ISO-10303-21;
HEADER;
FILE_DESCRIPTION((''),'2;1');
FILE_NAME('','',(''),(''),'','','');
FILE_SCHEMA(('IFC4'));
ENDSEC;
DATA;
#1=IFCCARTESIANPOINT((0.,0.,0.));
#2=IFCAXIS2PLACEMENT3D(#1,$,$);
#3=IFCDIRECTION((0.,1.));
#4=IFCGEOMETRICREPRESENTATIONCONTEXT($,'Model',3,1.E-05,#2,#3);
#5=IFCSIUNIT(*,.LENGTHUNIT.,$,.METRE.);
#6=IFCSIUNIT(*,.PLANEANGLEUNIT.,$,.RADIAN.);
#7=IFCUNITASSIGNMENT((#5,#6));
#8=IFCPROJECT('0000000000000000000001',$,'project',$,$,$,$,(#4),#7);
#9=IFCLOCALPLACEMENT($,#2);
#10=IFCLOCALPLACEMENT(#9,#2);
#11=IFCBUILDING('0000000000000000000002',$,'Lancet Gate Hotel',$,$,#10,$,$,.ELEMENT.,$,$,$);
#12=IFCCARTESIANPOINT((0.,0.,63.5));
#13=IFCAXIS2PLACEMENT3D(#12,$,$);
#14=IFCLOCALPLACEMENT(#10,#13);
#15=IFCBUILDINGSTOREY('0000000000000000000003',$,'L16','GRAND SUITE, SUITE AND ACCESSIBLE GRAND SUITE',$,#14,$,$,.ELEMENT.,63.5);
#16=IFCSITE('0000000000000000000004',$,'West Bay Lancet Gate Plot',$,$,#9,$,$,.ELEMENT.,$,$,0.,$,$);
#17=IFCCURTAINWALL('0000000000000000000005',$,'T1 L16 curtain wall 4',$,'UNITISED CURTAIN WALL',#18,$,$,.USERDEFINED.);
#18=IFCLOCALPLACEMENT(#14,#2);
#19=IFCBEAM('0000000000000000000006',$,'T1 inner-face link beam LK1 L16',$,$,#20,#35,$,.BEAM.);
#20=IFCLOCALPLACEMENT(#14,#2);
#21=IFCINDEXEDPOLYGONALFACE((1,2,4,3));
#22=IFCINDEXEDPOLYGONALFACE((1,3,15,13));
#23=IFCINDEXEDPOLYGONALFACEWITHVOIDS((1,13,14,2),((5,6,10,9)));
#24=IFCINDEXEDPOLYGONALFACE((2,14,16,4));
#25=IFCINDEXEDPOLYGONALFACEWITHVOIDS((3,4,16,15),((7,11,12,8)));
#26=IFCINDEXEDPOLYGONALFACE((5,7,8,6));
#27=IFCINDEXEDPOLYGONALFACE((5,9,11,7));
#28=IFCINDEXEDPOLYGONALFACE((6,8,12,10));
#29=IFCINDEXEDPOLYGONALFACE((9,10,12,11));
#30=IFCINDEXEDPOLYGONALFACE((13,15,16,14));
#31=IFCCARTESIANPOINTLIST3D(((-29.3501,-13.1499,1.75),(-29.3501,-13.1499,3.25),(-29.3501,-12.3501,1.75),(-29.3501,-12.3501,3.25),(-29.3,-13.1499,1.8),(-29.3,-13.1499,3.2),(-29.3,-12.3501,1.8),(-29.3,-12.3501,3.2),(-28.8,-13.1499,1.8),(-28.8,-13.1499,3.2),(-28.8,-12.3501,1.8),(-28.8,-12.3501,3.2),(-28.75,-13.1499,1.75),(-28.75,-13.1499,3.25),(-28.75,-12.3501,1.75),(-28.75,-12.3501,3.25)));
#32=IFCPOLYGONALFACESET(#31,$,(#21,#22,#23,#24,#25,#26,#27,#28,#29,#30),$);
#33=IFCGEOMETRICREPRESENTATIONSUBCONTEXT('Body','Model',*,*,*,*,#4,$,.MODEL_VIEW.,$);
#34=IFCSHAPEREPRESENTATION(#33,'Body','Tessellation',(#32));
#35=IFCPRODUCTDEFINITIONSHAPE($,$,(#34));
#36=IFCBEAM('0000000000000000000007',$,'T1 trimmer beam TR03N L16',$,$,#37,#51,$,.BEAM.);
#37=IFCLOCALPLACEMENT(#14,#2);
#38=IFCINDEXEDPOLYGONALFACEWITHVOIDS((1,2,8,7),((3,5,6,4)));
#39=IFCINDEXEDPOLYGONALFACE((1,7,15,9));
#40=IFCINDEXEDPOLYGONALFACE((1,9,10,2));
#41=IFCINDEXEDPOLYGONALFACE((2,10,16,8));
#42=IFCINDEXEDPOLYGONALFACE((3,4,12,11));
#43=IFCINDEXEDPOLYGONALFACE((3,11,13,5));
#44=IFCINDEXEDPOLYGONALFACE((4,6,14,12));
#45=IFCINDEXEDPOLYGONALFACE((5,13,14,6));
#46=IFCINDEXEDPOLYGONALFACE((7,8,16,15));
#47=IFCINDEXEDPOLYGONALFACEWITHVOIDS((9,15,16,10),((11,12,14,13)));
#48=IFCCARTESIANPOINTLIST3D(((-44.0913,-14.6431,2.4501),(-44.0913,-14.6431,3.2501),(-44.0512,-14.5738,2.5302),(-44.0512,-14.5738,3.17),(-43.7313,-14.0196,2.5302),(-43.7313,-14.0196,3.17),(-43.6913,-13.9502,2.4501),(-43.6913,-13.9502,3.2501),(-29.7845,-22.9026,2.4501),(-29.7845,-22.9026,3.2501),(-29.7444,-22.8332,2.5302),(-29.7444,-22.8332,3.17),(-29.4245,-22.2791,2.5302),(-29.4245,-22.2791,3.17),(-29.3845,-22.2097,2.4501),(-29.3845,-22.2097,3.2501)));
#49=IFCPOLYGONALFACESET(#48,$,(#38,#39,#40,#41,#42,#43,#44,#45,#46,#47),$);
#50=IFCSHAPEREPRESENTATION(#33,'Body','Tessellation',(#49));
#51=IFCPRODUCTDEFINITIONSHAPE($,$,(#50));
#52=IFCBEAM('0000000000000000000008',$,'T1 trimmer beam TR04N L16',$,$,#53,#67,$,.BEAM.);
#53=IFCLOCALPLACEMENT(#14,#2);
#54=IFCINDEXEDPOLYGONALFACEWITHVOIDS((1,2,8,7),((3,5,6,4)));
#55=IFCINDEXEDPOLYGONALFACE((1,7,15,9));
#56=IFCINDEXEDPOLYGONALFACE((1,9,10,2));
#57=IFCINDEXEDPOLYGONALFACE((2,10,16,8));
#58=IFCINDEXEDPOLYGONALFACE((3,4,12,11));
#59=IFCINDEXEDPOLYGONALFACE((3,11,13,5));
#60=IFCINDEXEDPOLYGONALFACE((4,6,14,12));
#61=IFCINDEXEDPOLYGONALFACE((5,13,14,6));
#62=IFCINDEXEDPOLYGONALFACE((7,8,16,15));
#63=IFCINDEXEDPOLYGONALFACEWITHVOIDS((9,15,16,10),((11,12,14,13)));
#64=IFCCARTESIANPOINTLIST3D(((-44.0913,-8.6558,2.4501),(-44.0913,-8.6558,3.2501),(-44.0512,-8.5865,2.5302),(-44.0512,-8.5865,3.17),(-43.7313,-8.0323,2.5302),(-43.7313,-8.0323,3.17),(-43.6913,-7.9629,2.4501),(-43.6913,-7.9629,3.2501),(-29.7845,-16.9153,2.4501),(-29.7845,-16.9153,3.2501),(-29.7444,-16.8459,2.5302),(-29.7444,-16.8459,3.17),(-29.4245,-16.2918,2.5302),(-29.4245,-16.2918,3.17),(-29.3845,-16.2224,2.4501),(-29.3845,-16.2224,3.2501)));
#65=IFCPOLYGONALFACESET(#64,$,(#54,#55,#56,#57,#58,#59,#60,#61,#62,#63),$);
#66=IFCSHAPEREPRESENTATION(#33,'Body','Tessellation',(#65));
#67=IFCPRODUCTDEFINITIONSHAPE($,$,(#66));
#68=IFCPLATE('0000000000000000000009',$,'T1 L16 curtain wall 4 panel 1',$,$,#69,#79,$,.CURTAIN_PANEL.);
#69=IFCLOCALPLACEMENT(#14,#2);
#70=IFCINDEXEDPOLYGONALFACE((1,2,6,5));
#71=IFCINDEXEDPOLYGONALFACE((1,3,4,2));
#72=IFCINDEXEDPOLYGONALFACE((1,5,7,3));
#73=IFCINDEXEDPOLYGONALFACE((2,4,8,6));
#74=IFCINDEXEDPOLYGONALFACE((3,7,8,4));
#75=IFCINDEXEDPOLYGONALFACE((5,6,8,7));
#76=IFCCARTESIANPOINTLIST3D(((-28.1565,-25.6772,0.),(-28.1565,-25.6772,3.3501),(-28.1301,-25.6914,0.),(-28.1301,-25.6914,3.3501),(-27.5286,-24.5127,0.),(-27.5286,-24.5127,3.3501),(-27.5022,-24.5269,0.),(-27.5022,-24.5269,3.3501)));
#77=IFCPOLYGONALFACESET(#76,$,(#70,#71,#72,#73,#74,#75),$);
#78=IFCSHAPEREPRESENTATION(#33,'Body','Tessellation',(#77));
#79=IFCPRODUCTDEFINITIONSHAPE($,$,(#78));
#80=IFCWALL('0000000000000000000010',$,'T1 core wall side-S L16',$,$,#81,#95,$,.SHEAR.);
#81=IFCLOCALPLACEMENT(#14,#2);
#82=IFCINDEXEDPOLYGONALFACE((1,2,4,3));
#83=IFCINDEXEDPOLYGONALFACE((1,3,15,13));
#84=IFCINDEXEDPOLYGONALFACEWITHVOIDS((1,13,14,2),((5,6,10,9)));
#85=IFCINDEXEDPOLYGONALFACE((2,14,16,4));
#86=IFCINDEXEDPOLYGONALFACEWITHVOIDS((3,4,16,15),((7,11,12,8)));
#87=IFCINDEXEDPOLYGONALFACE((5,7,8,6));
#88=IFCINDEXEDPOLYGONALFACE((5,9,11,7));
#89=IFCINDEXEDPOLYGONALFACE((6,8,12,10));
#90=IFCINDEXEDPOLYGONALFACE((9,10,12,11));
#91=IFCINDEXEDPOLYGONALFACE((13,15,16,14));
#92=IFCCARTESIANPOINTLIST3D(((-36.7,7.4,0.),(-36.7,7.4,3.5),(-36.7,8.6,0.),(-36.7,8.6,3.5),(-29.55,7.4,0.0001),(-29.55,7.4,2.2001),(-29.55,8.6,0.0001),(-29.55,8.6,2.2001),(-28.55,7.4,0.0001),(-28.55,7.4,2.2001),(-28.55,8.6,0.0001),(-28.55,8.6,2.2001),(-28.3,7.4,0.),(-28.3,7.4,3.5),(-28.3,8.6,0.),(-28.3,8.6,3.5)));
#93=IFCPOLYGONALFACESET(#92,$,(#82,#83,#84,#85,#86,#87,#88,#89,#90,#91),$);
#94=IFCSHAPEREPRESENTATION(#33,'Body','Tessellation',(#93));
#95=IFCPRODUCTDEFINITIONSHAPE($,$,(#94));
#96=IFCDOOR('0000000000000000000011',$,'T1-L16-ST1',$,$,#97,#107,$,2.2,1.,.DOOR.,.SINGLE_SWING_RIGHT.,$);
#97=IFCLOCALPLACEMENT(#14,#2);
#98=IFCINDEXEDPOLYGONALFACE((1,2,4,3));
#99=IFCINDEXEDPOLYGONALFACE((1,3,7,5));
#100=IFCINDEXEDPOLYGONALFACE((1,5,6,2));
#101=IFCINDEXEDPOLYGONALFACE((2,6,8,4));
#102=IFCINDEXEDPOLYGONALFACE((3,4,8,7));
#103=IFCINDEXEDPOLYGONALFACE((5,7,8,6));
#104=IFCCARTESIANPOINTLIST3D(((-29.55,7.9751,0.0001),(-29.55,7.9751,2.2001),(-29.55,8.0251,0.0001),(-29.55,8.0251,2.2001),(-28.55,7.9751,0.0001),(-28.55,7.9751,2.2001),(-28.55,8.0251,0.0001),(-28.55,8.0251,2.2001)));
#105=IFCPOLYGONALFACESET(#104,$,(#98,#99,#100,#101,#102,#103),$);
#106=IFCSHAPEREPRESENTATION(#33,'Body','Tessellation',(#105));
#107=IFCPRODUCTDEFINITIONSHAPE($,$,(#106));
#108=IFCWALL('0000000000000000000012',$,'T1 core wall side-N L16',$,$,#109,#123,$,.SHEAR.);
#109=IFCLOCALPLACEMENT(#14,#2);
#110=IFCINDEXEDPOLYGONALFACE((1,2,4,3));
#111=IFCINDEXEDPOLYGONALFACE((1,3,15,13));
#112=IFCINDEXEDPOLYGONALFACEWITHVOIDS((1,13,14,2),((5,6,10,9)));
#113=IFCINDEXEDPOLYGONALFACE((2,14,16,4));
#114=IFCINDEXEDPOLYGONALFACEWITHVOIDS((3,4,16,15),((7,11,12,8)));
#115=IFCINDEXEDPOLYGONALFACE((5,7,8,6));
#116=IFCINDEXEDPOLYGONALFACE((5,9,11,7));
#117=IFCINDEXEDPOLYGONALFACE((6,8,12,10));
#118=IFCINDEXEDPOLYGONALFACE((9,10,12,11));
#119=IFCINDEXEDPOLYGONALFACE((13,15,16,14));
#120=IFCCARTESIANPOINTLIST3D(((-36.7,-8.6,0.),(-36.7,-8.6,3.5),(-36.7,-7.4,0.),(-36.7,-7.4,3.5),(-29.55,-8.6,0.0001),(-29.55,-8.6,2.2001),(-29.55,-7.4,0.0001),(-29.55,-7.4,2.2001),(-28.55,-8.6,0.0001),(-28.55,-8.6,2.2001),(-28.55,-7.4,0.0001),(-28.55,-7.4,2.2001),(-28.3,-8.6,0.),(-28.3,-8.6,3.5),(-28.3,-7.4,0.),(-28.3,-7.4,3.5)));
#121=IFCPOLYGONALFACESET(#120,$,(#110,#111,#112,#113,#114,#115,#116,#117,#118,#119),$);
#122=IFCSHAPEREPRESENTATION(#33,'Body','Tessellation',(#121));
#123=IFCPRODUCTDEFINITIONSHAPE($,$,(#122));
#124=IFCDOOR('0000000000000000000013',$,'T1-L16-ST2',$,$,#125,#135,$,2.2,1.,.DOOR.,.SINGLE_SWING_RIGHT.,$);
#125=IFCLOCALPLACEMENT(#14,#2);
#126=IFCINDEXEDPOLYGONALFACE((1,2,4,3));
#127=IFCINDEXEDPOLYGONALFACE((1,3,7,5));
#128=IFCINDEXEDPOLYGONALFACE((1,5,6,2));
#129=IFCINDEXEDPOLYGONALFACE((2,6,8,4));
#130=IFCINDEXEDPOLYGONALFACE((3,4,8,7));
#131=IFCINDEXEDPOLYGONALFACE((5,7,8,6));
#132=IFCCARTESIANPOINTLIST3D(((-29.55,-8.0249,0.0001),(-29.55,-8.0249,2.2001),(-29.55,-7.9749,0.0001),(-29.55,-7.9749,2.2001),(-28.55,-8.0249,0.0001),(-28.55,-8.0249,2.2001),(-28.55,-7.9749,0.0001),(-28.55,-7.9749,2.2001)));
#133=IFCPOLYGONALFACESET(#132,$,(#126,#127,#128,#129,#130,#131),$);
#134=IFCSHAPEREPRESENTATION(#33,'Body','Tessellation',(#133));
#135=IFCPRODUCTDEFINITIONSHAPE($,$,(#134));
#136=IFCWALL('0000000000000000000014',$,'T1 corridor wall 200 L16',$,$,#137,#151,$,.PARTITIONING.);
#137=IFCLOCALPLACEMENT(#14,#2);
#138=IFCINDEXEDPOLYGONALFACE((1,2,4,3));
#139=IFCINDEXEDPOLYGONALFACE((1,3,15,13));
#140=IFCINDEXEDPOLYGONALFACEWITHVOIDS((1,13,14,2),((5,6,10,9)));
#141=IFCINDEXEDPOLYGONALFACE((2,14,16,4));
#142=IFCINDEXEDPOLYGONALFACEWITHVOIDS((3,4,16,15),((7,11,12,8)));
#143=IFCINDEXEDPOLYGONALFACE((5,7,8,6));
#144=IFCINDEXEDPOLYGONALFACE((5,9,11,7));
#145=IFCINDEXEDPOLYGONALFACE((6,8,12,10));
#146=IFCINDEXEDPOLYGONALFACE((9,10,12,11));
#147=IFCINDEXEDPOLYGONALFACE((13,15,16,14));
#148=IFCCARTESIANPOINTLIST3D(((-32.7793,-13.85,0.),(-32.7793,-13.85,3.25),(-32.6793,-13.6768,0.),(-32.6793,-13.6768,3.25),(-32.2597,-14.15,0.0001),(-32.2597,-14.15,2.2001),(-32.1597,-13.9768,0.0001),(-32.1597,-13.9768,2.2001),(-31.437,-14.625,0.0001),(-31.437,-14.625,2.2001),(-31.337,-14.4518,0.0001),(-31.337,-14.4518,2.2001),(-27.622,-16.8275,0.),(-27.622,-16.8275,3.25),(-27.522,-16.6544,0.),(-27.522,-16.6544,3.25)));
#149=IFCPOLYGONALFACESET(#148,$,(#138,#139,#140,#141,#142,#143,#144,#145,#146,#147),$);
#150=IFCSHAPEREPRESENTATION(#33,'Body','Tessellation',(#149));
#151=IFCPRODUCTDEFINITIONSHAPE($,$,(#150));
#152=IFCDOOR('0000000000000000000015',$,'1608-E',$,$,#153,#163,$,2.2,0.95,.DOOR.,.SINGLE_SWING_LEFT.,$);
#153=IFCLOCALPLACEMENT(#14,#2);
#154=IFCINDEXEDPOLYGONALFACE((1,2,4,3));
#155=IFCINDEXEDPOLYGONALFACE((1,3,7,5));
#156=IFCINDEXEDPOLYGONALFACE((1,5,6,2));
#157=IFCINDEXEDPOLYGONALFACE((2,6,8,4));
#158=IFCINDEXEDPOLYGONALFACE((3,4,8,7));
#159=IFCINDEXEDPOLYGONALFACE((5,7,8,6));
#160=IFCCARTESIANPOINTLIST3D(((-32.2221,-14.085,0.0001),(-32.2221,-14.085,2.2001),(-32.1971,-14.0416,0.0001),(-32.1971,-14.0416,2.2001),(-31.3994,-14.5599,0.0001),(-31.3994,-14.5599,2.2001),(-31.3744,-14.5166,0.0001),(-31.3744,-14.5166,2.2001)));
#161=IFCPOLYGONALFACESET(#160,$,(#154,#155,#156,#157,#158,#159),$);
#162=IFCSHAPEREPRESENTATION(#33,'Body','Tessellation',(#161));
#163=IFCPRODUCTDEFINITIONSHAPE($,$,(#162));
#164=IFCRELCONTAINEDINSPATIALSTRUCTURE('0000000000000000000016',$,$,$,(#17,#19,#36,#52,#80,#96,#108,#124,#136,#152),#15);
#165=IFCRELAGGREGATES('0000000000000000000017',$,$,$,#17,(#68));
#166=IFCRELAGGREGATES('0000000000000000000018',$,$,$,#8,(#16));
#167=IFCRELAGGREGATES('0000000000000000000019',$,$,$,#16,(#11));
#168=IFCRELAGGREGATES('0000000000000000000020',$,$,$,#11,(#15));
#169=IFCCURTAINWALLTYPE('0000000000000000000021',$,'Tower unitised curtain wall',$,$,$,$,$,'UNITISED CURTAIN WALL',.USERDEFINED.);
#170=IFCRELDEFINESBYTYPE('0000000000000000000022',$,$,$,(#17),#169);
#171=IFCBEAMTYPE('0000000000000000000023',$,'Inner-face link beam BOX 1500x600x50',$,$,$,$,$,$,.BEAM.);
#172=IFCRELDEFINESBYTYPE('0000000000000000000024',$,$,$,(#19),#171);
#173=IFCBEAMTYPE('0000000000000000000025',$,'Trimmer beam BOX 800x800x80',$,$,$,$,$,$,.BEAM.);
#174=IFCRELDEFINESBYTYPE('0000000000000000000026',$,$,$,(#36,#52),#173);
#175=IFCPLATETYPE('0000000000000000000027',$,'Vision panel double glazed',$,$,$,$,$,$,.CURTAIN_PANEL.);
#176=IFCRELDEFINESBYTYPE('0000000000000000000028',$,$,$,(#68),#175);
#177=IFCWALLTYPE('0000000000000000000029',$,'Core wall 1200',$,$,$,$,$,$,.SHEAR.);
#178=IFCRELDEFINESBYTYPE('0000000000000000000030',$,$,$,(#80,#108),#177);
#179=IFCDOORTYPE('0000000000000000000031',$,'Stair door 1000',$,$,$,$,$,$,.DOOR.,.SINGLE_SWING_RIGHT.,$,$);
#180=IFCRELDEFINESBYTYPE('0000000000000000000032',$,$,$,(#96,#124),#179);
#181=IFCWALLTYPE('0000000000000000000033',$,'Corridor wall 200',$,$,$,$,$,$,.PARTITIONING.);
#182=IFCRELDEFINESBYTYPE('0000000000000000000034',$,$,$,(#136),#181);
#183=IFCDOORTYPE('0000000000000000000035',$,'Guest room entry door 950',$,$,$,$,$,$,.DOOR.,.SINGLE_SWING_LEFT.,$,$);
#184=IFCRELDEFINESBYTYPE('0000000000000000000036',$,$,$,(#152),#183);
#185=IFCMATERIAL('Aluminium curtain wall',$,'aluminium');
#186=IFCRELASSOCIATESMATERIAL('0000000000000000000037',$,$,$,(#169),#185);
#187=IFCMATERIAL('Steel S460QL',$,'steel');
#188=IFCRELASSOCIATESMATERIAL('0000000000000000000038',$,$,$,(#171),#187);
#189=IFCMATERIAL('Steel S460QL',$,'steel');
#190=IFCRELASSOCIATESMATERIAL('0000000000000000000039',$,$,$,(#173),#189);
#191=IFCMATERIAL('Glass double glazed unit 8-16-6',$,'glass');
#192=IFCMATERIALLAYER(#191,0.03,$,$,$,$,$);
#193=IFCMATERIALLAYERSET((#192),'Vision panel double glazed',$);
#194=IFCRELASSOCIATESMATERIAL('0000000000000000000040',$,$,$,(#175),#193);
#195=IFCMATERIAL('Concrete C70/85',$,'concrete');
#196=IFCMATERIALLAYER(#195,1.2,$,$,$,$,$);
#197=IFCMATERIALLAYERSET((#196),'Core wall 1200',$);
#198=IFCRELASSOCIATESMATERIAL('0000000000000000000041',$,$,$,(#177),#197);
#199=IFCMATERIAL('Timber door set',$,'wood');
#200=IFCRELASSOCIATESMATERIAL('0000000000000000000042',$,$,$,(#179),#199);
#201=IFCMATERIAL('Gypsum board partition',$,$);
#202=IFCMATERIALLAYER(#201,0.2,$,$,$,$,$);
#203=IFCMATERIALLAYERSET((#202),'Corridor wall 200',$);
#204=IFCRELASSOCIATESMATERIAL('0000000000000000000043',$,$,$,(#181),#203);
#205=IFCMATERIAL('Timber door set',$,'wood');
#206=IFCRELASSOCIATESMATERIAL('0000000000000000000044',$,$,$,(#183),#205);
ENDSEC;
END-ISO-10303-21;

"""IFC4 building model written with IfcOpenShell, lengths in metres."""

from ifc_helpers import new_model, si_unit, direction, frame, frame_2d, origin, origin_2d, place, context, subcontext, project, spatial, rectangle, hollow_rectangle, extrude, material, layer, layer_set, material_profile, profile_set, type_object, element, fill, aggregate, save


model = new_model("IFC4")

# Units and contexts
model_context = context("Model", 3, precision=1e-05, world=origin(), true_north=direction((0.0, 1.0)))
body_context = subcontext(model_context, "Body", "Model", "MODEL_VIEW")
ifc_project = project(units=[si_unit("LENGTHUNIT", "METRE"), si_unit("PLANEANGLEUNIT", "RADIAN")], contexts=[model_context])

# Site, building, storey
site_placement = place(None, origin())
site = spatial("IfcSite", under=ifc_project, at=site_placement, Name="West Bay Lancet Gate Plot", CompositionType="ELEMENT", RefElevation=0.0)
building_placement = place(site_placement, origin())
building = spatial("IfcBuilding", under=site, at=building_placement, Name="Lancet Gate Hotel", CompositionType="ELEMENT")
storey_placement = place(building_placement, frame((0.0, 0.0, 63.5)))
storey = spatial("IfcBuildingStorey", under=building, at=storey_placement, Name="L16", Description="GRAND SUITE, SUITE AND ACCESSIBLE GRAND SUITE", CompositionType="ELEMENT", Elevation=63.5)

# Shared definitions
ifc_material_1 = material(Name="Aluminium curtain wall", Category="aluminium")
curtain_wall_type = type_object("IfcCurtainWallType", Name="Tower unitised curtain wall", ElementType="UNITISED CURTAIN WALL", PredefinedType="USERDEFINED", material=ifc_material_1)

# Curtain wall
curtain_wall_1_placement = place(storey_placement, origin())
curtain_wall_1 = element("IfcCurtainWall", 1, at=curtain_wall_1_placement, inside=storey, type_object=curtain_wall_type, Name="T1 L16 curtain wall 4", ObjectType="UNITISED CURTAIN WALL", PredefinedType="USERDEFINED")

# Beams
ifc_material_2 = material(Name="Steel S460QL", Category="steel")
ifc_material_profile_1 = material_profile(ifc_material_2, hollow_rectangle(XDim=0.6001, YDim=1.5, WallThickness=0.05, at=origin_2d()), Name="BOX 1500x600x50")
ifc_profile_set_1 = profile_set([ifc_material_profile_1], Name="Steel S460QL")
beam_type_1 = type_object("IfcBeamType", Name="Inner-face link beam BOX 1500x600x50", PredefinedType="BEAM", material=ifc_profile_set_1)
beam_1_placement = place(storey_placement, frame((-29.05, -12.3501, 2.5), z_axis=(0.0, -1.0, 0.0), x_axis=(1.0, 0.0, 0.0)))
element("IfcBeam", 2, at=beam_1_placement, inside=storey, type_object=beam_type_1, Name="T1 inner-face link beam LK1 L16", PredefinedType="BEAM", context=body_context, shape_type="SweptSolid", body=[
    extrude(hollow_rectangle(XDim=0.6001, YDim=1.5, WallThickness=0.05, at=origin_2d()), origin(), (0.0, 0.0, 1.0), 0.7998),
])
ifc_material_3 = material(Name="Steel S460QL", Category="steel")
ifc_material_profile_2 = material_profile(ifc_material_3, hollow_rectangle(XDim=0.8, YDim=0.8, WallThickness=0.0801, at=origin_2d()), Name="BOX 800x800x80")
ifc_profile_set_2 = profile_set([ifc_material_profile_2], Name="Steel S460QL")
beam_type_2 = type_object("IfcBeamType", Name="Trimmer beam BOX 800x800x80", PredefinedType="BEAM", material=ifc_profile_set_2)
for number, where, z_axis, x_axis, name in (
    (3, (-29.5845, -22.5562, 2.8501), (-0.86604, 0.499974, 0.0), (-0.499974, -0.86604, 0.0), "T1 trimmer beam TR03N L16"),
    (4, (-29.5845, -16.5688, 2.8501), (-0.86604, 0.499974, 0.0), (-0.499974, -0.86604, 0.0), "T1 trimmer beam TR04N L16"),
):
    element("IfcBeam", number, at=place(storey_placement, frame(where, z_axis=z_axis, x_axis=x_axis)), inside=storey, type_object=beam_type_2, Name=name, PredefinedType="BEAM", context=body_context, shape_type="SweptSolid", body=[
        extrude(hollow_rectangle(XDim=0.8, YDim=0.8, WallThickness=0.0801, at=origin_2d()), origin(), (0.0, 0.0, 1.0), 16.5198),
    ])

# Plate
ifc_material_4 = material(Name="Glass double glazed unit 8-16-6", Category="glass")
ifc_layer_1 = layer(ifc_material_4, 0.03)
ifc_layer_set_1 = layer_set([ifc_layer_1], Name="Vision panel double glazed")
plate_type = type_object("IfcPlateType", Name="Vision panel double glazed", PredefinedType="CURTAIN_PANEL", material=ifc_layer_set_1)
plate_placement = place(storey_placement, frame((-27.8293, -25.1021, 0.0), z_axis=(0.0, 0.0, 1.0), x_axis=(0.474631, 0.880185, 0.0)))
plate = element("IfcPlate", 5, at=plate_placement, type_object=plate_type, Name="T1 L16 curtain wall 4 panel 1", PredefinedType="CURTAIN_PANEL", context=body_context, shape_type="SweptSolid", body=[
    extrude(rectangle(XDim=1.323, YDim=0.03, at=origin_2d()), origin(), (0.0, 0.0, 1.0), 3.3501),
])
aggregate(curtain_wall_1, [plate])

# Walls, openings, doors
ifc_material_5 = material(Name="Concrete C70/85", Category="concrete")
ifc_layer_2 = layer(ifc_material_5, 1.2)
ifc_layer_set_2 = layer_set([ifc_layer_2], Name="Core wall 1200")
wall_type_1 = type_object("IfcWallType", Name="Core wall 1200", PredefinedType="SHEAR", material=ifc_layer_set_2)
wall_1_placement = place(storey_placement, frame((-28.3, 8.0, 0.0), z_axis=(0.0, 0.0, 1.0), x_axis=(-1.0, 0.0, 0.0)))
wall_1 = element("IfcWall", 6, at=wall_1_placement, inside=storey, type_object=wall_type_1, Name="T1 core wall side-S L16", PredefinedType="SHEAR", context=body_context, shape_type="SweptSolid", body=[
    extrude(rectangle(XDim=8.3999, YDim=1.2, at=frame_2d((4.2, 0.0))), origin(), (0.0, 0.0, 1.0), 3.5),
])
opening_1_placement = place(wall_1_placement, frame((0.25, 0.0, 0.0)))
opening_1 = element("IfcOpeningElement", 7, at=opening_1_placement, cuts=wall_1, PredefinedType="OPENING", context=body_context, shape_type="SweptSolid", body=[
    extrude(rectangle(XDim=1.0, YDim=2.2, at=frame_2d((0.5, 1.1001))), frame((0.0, 0.6099, 0.0), z_axis=(0.0, -1.0, 0.0), x_axis=(1.0, 0.0, 0.0)), (0.0, 0.0, 1.0), 1.22),
])
ifc_material_6 = material(Name="Timber door set", Category="wood")
door_type_1 = type_object("IfcDoorType", Name="Stair door 1000", OperationType="SINGLE_SWING_RIGHT", PredefinedType="DOOR", material=ifc_material_6)
door_1_placement = place(opening_1_placement, origin())
door_1 = element("IfcDoor", 8, at=door_1_placement, inside=storey, type_object=door_type_1, Name="T1-L16-ST1", OperationType="SINGLE_SWING_RIGHT", OverallHeight=2.2, OverallWidth=1.0, PredefinedType="DOOR", context=body_context, shape_type="SweptSolid", body=[
    extrude(rectangle(XDim=1.0, YDim=2.2, at=frame_2d((0.5, 1.1001))), frame((0.0, 0.0249, 0.0), z_axis=(0.0, -1.0, 0.0), x_axis=(1.0, 0.0, 0.0)), (0.0, 0.0, 1.0), 0.05),
])
fill(opening_1, door_1)
wall_2_placement = place(storey_placement, frame((-28.3, -8.0, 0.0), z_axis=(0.0, 0.0, 1.0), x_axis=(-1.0, 0.0, 0.0)))
wall_2 = element("IfcWall", 9, at=wall_2_placement, inside=storey, type_object=wall_type_1, Name="T1 core wall side-N L16", PredefinedType="SHEAR", context=body_context, shape_type="SweptSolid", body=[
    extrude(rectangle(XDim=8.3999, YDim=1.2, at=frame_2d((4.2, 0.0))), origin(), (0.0, 0.0, 1.0), 3.5),
])
opening_2_placement = place(wall_2_placement, frame((0.25, 0.0, 0.0)))
opening_2 = element("IfcOpeningElement", 10, at=opening_2_placement, cuts=wall_2, PredefinedType="OPENING", context=body_context, shape_type="SweptSolid", body=[
    extrude(rectangle(XDim=1.0, YDim=2.2, at=frame_2d((0.5, 1.1001))), frame((0.0, 0.6099, 0.0), z_axis=(0.0, -1.0, 0.0), x_axis=(1.0, 0.0, 0.0)), (0.0, 0.0, 1.0), 1.22),
])
door_2_placement = place(opening_2_placement, origin())
door_2 = element("IfcDoor", 11, at=door_2_placement, inside=storey, type_object=door_type_1, Name="T1-L16-ST2", OperationType="SINGLE_SWING_RIGHT", OverallHeight=2.2, OverallWidth=1.0, PredefinedType="DOOR", context=body_context, shape_type="SweptSolid", body=[
    extrude(rectangle(XDim=1.0, YDim=2.2, at=frame_2d((0.5, 1.1001))), frame((0.0, 0.0249, 0.0), z_axis=(0.0, -1.0, 0.0), x_axis=(1.0, 0.0, 0.0)), (0.0, 0.0, 1.0), 0.05),
])
fill(opening_2, door_2)
ifc_material_7 = material(Name="Gypsum board partition")
ifc_layer_3 = layer(ifc_material_7, 0.2)
ifc_layer_set_3 = layer_set([ifc_layer_3], Name="Corridor wall 200")
wall_type_2 = type_object("IfcWallType", Name="Corridor wall 200", PredefinedType="PARTITIONING", material=ifc_layer_set_3)
wall_3_placement = place(storey_placement, frame((-27.572, -16.741, 0.0), z_axis=(0.0, 0.0, 1.0), x_axis=(-0.866024, 0.500002, 0.0)))
wall_3 = element("IfcWall", 12, at=wall_3_placement, inside=storey, type_object=wall_type_2, Name="T1 corridor wall 200 L16", PredefinedType="PARTITIONING", context=body_context, shape_type="SweptSolid", body=[
    extrude(rectangle(XDim=5.9551, YDim=0.2, at=frame_2d((2.9775, 0.0))), origin(), (0.0, 0.0, 1.0), 3.25),
])
opening_3_placement = place(wall_3_placement, frame((4.405, 0.0, 0.0)))
opening_3 = element("IfcOpeningElement", 13, at=opening_3_placement, cuts=wall_3, PredefinedType="OPENING", context=body_context, shape_type="SweptSolid", body=[
    extrude(rectangle(XDim=0.95, YDim=2.2, at=frame_2d((0.4751, 1.1001))), frame((0.0, 0.1099, 0.0), z_axis=(0.0, -1.0, 0.0), x_axis=(1.0, 0.0, 0.0)), (0.0, 0.0, 1.0), 0.22),
])
ifc_material_8 = material(Name="Timber door set", Category="wood")
door_type_2 = type_object("IfcDoorType", Name="Guest room entry door 950", OperationType="SINGLE_SWING_LEFT", PredefinedType="DOOR", material=ifc_material_8)
door_3_placement = place(opening_3_placement, origin())
door_3 = element("IfcDoor", 14, at=door_3_placement, inside=storey, type_object=door_type_2, Name="1608-E", OperationType="SINGLE_SWING_LEFT", OverallHeight=2.2, OverallWidth=0.95, PredefinedType="DOOR", context=body_context, shape_type="SweptSolid", body=[
    extrude(rectangle(XDim=0.95, YDim=2.2, at=frame_2d((0.4751, 1.1001))), frame((0.0, 0.0249, 0.0), z_axis=(0.0, -1.0, 0.0), x_axis=(1.0, 0.0, 0.0)), (0.0, 0.0, 1.0), 0.05),
])
fill(opening_3, door_3)

save(model, "model.ifc")
